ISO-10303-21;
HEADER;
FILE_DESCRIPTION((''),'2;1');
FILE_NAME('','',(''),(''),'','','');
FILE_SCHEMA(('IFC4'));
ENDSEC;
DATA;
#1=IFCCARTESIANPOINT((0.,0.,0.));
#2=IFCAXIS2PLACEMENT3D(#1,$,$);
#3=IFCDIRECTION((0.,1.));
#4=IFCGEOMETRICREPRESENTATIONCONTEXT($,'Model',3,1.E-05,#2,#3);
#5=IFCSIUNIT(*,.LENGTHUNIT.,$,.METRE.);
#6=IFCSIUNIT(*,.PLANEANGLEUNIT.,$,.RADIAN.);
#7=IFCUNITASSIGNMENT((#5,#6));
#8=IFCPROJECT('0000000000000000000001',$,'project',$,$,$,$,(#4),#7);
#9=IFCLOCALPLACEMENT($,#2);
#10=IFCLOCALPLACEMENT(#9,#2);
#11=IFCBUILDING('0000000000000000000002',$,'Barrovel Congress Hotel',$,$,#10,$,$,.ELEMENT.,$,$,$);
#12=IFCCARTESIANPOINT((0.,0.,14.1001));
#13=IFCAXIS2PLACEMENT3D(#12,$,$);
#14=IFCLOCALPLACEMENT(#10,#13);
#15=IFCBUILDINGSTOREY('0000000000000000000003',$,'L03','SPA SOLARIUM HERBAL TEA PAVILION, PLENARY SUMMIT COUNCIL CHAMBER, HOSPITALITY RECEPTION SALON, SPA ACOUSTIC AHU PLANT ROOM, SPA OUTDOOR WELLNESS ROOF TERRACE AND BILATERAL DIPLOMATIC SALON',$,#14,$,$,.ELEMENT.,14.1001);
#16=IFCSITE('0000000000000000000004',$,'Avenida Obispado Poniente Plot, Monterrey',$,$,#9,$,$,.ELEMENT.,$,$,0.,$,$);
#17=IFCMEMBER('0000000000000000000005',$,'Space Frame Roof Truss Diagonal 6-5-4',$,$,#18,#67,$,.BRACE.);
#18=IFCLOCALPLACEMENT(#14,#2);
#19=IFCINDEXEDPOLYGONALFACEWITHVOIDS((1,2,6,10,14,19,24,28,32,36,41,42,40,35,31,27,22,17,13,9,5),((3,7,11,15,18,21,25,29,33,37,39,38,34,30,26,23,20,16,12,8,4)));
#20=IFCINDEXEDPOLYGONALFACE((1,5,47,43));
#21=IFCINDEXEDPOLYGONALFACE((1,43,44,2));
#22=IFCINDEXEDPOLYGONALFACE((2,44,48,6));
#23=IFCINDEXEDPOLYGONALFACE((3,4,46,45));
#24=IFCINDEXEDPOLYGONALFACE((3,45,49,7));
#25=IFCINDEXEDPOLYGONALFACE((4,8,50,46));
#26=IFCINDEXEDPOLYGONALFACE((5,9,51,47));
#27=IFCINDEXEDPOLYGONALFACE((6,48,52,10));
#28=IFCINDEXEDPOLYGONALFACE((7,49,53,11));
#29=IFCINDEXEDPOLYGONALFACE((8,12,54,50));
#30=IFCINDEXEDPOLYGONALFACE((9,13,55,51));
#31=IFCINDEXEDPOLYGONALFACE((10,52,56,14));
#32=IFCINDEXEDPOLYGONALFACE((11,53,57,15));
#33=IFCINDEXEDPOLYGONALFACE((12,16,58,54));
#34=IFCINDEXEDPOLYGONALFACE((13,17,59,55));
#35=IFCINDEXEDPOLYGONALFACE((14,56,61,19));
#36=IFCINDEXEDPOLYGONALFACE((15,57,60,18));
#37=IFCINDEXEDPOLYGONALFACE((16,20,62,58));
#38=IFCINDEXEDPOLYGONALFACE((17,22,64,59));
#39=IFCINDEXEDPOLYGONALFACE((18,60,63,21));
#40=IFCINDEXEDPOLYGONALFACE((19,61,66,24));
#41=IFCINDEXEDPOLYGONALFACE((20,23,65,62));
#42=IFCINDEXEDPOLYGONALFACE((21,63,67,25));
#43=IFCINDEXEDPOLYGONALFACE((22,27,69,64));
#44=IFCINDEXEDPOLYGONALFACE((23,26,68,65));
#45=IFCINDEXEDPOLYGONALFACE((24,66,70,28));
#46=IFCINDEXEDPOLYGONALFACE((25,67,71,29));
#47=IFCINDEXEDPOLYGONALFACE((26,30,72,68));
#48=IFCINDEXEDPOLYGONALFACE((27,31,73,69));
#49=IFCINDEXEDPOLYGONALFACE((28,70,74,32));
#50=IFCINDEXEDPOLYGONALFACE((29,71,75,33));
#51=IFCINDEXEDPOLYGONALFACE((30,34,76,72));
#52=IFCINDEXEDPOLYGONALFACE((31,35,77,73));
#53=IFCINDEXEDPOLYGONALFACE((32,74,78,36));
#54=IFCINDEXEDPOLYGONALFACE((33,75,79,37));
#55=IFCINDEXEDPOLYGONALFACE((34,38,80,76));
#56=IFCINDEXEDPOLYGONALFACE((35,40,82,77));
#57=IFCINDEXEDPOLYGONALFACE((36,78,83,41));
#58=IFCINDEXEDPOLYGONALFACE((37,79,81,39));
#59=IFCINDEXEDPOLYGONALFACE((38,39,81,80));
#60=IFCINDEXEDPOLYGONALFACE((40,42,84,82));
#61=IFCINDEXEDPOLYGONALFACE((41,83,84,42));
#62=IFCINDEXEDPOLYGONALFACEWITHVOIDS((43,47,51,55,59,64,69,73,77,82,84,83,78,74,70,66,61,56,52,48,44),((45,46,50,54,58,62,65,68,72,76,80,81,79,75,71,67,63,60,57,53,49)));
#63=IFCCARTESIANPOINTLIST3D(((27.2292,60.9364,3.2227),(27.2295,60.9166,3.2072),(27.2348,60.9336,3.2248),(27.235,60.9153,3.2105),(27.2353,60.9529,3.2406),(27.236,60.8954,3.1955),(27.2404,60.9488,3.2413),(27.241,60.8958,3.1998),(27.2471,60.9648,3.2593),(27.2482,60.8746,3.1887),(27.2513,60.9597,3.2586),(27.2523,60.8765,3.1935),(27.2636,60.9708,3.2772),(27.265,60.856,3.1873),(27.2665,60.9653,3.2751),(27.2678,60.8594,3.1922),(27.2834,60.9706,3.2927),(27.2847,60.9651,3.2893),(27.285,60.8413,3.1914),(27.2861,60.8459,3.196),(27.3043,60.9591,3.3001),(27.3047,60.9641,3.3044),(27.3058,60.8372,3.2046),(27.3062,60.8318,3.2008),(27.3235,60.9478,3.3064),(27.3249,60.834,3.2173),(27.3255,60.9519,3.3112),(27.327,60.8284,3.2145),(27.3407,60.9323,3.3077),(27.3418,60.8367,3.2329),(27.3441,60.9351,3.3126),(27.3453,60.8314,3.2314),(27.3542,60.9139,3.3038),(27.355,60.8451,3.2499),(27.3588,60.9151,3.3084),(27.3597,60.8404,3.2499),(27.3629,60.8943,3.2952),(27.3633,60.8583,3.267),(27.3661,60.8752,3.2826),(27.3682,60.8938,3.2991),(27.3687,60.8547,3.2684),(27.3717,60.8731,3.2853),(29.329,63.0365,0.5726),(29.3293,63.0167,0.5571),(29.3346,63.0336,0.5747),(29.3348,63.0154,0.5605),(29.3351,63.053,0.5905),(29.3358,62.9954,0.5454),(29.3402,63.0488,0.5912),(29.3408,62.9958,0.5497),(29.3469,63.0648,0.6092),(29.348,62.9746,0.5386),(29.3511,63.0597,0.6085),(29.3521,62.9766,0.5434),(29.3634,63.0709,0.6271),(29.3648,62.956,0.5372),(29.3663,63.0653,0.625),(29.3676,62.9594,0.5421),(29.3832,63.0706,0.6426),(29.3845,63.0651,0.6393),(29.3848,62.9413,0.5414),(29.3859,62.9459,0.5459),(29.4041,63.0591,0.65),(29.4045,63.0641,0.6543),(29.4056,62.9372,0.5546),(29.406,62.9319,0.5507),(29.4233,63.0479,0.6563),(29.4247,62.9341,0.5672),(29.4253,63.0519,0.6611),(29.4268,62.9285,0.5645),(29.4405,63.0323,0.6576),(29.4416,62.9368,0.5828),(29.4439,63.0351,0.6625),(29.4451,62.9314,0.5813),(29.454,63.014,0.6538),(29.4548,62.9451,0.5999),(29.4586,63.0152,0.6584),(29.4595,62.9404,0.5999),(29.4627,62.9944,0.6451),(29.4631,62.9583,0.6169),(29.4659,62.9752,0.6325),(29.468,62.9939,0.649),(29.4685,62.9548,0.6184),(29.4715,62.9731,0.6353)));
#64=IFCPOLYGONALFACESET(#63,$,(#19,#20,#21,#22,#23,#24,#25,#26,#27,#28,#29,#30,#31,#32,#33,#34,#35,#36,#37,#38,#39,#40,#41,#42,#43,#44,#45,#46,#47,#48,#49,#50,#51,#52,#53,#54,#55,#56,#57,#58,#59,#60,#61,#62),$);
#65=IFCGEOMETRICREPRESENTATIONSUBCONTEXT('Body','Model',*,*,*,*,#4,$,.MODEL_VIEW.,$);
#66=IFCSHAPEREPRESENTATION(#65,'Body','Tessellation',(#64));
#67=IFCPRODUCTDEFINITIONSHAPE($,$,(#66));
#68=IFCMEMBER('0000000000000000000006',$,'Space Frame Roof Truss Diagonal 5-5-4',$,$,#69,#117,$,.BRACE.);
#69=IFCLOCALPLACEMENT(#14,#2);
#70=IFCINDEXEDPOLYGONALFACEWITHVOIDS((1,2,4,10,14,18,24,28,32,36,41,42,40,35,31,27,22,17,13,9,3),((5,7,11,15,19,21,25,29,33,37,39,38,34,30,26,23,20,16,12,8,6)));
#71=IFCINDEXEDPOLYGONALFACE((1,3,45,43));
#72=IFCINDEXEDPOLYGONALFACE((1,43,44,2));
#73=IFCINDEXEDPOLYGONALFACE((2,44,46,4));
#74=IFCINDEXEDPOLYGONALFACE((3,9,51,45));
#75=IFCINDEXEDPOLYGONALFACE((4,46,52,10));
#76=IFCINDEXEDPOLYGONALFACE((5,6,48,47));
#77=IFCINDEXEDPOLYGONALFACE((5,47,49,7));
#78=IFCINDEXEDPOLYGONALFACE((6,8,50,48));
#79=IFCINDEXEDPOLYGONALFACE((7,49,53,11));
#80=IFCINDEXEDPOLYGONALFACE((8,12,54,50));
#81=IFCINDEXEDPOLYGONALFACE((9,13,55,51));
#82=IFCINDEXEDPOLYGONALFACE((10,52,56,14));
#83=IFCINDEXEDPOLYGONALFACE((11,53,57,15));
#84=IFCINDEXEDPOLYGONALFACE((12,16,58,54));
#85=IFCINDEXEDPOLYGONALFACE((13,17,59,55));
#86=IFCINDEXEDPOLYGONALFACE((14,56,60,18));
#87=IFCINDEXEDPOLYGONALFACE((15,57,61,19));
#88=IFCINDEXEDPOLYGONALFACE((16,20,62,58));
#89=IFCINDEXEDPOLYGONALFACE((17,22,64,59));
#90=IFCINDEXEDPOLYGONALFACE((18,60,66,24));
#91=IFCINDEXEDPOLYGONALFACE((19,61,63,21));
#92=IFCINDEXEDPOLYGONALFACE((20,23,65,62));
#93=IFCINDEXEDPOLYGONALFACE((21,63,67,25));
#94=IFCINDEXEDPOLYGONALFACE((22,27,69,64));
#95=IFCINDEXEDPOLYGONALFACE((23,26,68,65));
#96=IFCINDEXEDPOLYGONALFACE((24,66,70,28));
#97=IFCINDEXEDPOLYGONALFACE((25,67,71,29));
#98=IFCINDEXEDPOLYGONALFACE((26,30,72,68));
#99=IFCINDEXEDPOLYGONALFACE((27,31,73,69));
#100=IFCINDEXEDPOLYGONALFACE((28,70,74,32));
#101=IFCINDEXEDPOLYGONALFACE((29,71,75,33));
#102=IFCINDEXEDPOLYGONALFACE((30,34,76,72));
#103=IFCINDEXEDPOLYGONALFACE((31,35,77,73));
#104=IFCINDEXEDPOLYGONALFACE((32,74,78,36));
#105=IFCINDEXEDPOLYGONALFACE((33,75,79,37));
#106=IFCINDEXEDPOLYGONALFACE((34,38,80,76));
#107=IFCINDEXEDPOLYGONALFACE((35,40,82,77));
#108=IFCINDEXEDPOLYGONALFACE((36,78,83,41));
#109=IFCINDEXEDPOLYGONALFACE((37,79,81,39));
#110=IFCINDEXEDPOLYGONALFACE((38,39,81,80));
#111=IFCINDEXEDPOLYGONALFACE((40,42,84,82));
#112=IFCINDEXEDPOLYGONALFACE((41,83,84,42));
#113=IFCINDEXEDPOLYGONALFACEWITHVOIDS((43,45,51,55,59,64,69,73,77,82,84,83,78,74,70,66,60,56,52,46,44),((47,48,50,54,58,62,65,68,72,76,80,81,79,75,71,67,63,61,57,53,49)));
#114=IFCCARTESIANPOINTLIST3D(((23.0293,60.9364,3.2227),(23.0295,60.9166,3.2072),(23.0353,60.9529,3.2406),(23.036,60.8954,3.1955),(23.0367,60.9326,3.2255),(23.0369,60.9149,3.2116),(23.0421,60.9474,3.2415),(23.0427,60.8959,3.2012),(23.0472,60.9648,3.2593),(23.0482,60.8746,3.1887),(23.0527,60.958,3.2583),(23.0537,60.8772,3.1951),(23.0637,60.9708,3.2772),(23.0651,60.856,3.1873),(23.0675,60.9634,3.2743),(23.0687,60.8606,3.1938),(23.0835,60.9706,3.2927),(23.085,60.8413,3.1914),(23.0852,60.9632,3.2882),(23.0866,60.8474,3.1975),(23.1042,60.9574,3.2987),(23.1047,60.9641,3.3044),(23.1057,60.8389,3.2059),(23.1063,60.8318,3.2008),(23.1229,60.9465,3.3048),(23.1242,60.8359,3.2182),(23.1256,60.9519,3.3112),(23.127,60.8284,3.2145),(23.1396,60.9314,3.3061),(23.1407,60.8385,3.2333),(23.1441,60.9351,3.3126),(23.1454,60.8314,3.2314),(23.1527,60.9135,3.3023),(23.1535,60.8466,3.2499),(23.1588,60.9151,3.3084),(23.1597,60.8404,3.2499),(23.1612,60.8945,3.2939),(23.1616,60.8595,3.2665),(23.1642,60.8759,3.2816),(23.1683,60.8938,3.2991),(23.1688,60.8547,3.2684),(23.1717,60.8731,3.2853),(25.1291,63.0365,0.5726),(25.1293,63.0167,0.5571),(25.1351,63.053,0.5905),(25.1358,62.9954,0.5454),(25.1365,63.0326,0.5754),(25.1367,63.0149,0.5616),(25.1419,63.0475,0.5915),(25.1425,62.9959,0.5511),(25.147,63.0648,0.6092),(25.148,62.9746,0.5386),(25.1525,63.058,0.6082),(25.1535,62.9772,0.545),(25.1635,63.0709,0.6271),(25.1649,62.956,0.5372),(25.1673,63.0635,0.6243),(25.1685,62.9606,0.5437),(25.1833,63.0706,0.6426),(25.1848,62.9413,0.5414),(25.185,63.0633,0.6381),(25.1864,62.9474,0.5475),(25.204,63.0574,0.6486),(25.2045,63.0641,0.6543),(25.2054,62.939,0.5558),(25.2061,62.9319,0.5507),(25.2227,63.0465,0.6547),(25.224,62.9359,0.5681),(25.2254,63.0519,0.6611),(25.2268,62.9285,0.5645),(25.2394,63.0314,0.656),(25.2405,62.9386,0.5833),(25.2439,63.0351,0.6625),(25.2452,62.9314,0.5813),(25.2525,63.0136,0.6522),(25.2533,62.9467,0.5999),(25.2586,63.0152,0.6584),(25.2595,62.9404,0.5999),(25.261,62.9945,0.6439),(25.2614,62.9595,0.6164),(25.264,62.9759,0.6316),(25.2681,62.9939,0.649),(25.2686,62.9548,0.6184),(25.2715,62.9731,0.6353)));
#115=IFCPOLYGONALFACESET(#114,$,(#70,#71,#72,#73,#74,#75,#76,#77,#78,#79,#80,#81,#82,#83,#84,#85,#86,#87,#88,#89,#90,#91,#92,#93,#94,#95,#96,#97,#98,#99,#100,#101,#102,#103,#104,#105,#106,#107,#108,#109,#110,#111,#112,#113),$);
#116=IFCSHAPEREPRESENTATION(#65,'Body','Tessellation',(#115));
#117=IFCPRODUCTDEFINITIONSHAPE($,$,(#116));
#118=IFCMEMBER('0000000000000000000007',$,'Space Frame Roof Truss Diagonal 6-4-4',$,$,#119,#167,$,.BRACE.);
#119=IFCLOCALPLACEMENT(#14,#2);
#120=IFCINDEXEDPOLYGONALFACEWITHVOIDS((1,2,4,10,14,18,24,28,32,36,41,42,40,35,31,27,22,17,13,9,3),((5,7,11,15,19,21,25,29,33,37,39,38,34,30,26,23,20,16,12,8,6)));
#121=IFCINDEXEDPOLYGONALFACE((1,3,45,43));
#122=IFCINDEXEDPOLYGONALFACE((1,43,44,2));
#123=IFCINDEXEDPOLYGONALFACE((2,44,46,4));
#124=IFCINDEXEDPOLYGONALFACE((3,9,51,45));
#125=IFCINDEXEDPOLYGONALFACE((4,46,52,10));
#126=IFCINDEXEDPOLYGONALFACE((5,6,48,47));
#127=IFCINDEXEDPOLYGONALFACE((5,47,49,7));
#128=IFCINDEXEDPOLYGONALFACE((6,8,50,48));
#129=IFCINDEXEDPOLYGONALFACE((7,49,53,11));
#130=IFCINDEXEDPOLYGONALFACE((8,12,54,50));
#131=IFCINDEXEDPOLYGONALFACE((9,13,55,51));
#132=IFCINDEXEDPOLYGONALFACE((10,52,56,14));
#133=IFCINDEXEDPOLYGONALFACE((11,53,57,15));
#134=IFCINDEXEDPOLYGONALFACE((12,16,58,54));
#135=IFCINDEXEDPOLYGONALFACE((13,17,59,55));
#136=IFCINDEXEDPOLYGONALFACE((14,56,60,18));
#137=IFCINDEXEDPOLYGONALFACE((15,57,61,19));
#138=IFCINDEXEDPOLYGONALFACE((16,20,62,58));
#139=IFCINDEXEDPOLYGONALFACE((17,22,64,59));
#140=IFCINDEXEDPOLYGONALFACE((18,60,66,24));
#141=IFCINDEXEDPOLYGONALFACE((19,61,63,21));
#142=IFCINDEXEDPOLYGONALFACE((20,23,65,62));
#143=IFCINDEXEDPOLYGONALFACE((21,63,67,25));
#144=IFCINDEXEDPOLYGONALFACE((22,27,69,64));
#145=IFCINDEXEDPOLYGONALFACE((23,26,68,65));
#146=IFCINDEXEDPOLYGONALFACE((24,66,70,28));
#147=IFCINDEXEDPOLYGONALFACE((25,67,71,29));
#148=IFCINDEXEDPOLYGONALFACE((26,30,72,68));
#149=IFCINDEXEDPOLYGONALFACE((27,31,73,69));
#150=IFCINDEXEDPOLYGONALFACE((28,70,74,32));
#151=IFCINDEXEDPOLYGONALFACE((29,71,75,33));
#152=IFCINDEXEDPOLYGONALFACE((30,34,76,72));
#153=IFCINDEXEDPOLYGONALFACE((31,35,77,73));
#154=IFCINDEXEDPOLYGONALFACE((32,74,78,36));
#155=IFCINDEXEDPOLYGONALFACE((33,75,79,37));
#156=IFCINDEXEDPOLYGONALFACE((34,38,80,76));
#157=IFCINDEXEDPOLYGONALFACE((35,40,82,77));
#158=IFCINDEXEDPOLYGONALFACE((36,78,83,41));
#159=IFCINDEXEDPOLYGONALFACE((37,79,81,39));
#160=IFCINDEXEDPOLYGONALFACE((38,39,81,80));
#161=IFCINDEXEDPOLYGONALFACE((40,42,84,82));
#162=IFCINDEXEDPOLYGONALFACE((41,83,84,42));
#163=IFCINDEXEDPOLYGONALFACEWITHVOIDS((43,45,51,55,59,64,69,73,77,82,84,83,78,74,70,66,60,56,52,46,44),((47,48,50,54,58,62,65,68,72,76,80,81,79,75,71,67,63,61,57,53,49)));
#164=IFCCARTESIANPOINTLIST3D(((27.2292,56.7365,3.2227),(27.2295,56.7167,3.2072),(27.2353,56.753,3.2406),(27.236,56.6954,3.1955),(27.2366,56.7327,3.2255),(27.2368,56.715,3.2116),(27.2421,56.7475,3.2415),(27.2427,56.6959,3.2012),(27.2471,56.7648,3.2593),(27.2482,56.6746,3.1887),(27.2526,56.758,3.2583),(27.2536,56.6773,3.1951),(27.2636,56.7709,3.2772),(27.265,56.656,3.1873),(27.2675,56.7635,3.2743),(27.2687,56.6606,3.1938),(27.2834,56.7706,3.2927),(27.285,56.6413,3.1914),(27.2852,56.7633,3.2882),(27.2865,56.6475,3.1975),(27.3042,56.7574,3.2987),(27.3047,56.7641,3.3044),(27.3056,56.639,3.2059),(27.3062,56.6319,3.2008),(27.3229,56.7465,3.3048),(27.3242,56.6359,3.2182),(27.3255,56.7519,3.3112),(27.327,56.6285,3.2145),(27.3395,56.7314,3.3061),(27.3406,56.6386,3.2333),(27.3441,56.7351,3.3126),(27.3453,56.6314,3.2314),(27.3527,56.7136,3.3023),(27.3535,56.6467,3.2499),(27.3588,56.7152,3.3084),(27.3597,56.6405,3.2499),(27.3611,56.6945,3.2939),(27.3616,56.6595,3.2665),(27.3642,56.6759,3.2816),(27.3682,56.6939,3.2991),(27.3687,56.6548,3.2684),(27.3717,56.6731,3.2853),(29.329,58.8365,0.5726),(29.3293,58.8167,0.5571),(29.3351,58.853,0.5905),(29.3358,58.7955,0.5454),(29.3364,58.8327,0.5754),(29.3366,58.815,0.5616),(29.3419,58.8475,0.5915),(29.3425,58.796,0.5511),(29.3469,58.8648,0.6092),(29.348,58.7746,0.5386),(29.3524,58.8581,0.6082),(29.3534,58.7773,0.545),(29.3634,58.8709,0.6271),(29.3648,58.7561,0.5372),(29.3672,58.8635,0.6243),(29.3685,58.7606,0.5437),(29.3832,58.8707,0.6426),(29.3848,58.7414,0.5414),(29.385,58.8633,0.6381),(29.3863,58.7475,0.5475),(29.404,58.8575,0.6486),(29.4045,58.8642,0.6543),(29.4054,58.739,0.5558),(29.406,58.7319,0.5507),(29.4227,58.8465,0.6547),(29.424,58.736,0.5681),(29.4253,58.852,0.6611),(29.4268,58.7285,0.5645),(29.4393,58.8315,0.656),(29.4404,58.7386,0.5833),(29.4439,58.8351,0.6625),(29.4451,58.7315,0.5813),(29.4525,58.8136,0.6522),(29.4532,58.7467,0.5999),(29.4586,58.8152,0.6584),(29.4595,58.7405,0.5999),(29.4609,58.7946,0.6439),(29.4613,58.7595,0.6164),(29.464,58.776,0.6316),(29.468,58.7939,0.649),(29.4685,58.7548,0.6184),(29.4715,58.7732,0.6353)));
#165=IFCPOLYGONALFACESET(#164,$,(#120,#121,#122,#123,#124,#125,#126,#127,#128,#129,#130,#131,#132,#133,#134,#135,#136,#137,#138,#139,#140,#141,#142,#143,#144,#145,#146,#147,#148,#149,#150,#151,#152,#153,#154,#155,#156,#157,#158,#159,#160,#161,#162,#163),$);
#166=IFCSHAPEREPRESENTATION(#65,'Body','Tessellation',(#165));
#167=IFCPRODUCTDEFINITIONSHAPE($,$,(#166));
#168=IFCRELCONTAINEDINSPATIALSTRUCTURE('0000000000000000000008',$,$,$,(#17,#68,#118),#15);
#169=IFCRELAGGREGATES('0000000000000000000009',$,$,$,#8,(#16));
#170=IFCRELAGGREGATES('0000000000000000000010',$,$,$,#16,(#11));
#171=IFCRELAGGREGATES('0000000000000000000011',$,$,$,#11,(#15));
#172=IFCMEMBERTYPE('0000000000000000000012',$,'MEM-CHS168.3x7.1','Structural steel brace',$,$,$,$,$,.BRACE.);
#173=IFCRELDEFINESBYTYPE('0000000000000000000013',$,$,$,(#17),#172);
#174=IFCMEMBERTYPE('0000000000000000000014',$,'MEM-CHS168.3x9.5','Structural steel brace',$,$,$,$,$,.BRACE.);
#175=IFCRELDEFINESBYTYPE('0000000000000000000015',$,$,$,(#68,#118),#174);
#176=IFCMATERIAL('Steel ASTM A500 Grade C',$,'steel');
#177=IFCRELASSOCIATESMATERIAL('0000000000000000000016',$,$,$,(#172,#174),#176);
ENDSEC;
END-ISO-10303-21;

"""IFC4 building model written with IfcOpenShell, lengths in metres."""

from ifc_helpers import new_model, si_unit, direction, frame, origin, origin_2d, place, context, subcontext, project, spatial, hollow_circle, extrude, material, material_profile, profile_set, type_object, element, save


model = new_model("IFC4")

# Units and contexts
model_context = context("Model", 3, precision=1e-05, world=origin(), true_north=direction((0.0, 1.0)))
body_context = subcontext(model_context, "Body", "Model", "MODEL_VIEW")
ifc_project = project(units=[si_unit("LENGTHUNIT", "METRE"), si_unit("PLANEANGLEUNIT", "RADIAN")], contexts=[model_context])

# Site, building, storey
site_placement = place(None, origin())
site = spatial("IfcSite", under=ifc_project, at=site_placement, Name="Avenida Obispado Poniente Plot, Monterrey", CompositionType="ELEMENT", RefElevation=0.0)
building_placement = place(site_placement, origin())
building = spatial("IfcBuilding", under=site, at=building_placement, Name="Barrovel Congress Hotel", CompositionType="ELEMENT")
storey_placement = place(building_placement, frame((0.0, 0.0, 14.1001)))
storey = spatial("IfcBuildingStorey", under=building, at=storey_placement, Name="L03", Description="SPA SOLARIUM HERBAL TEA PAVILION, PLENARY SUMMIT COUNCIL CHAMBER, HOSPITALITY RECEPTION SALON, SPA ACOUSTIC AHU PLANT ROOM, SPA OUTDOOR WELLNESS ROOF TERRACE AND BILATERAL DIPLOMATIC SALON", CompositionType="ELEMENT", Elevation=14.1001)

# Members
ifc_material_1 = material(Name="Steel ASTM A500 Grade C", Category="steel")
ifc_material_profile_1 = material_profile(ifc_material_1, hollow_circle(Radius=0.0842, WallThickness=0.0066, at=origin_2d()), Name="CHS168.3x7.1")
ifc_profile_set_1 = profile_set([ifc_material_profile_1], Name="Steel ASTM A500 Grade C")
member_type_1 = type_object("IfcMemberType", Name="MEM-CHS168.3x7.1", Description="Structural steel brace", PredefinedType="BRACE", material=ifc_profile_set_1)
member_1_placement = place(storey_placement, frame((29.3999, 63.0, 0.5999), z_axis=(-0.527557, -0.527618, 0.66581), x_axis=(0.707148, -0.707066, 0.0)))
element("IfcMember", 1, at=member_1_placement, inside=storey, type_object=member_type_1, Name="Space Frame Roof Truss Diagonal 6-5-4", PredefinedType="BRACE", context=body_context, shape_type="SweptSolid", body=[
    extrude(hollow_circle(Radius=0.0842, WallThickness=0.0066, at=origin_2d()), origin(), (0.0, 0.0, 1.0), 3.9802),
])
ifc_material_profile_2 = material_profile(ifc_material_1, hollow_circle(Radius=0.0842, WallThickness=0.0088, at=origin_2d()), Name="CHS168.3x9.5")
ifc_profile_set_2 = profile_set([ifc_material_profile_2], Name="Steel ASTM A500 Grade C")
member_type_2 = type_object("IfcMemberType", Name="MEM-CHS168.3x9.5", Description="Structural steel brace", PredefinedType="BRACE", material=ifc_profile_set_2)
for number, where, z_axis, x_axis, name in (
    (2, (25.2, 63.0, 0.5999), (-0.527557, -0.527618, 0.66581), (0.707148, -0.707066, 0.0), "Space Frame Roof Truss Diagonal 5-5-4"),
    (3, (29.3999, 58.8, 0.5999), (-0.527557, -0.527618, 0.66581), (0.707148, -0.707066, 0.0), "Space Frame Roof Truss Diagonal 6-4-4"),
):
    element("IfcMember", number, at=place(storey_placement, frame(where, z_axis=z_axis, x_axis=x_axis)), inside=storey, type_object=member_type_2, Name=name, PredefinedType="BRACE", context=body_context, shape_type="SweptSolid", body=[
        extrude(hollow_circle(Radius=0.0842, WallThickness=0.0088, at=origin_2d()), origin(), (0.0, 0.0, 1.0), 3.9802),
    ])

save(model, "model.ifc")
